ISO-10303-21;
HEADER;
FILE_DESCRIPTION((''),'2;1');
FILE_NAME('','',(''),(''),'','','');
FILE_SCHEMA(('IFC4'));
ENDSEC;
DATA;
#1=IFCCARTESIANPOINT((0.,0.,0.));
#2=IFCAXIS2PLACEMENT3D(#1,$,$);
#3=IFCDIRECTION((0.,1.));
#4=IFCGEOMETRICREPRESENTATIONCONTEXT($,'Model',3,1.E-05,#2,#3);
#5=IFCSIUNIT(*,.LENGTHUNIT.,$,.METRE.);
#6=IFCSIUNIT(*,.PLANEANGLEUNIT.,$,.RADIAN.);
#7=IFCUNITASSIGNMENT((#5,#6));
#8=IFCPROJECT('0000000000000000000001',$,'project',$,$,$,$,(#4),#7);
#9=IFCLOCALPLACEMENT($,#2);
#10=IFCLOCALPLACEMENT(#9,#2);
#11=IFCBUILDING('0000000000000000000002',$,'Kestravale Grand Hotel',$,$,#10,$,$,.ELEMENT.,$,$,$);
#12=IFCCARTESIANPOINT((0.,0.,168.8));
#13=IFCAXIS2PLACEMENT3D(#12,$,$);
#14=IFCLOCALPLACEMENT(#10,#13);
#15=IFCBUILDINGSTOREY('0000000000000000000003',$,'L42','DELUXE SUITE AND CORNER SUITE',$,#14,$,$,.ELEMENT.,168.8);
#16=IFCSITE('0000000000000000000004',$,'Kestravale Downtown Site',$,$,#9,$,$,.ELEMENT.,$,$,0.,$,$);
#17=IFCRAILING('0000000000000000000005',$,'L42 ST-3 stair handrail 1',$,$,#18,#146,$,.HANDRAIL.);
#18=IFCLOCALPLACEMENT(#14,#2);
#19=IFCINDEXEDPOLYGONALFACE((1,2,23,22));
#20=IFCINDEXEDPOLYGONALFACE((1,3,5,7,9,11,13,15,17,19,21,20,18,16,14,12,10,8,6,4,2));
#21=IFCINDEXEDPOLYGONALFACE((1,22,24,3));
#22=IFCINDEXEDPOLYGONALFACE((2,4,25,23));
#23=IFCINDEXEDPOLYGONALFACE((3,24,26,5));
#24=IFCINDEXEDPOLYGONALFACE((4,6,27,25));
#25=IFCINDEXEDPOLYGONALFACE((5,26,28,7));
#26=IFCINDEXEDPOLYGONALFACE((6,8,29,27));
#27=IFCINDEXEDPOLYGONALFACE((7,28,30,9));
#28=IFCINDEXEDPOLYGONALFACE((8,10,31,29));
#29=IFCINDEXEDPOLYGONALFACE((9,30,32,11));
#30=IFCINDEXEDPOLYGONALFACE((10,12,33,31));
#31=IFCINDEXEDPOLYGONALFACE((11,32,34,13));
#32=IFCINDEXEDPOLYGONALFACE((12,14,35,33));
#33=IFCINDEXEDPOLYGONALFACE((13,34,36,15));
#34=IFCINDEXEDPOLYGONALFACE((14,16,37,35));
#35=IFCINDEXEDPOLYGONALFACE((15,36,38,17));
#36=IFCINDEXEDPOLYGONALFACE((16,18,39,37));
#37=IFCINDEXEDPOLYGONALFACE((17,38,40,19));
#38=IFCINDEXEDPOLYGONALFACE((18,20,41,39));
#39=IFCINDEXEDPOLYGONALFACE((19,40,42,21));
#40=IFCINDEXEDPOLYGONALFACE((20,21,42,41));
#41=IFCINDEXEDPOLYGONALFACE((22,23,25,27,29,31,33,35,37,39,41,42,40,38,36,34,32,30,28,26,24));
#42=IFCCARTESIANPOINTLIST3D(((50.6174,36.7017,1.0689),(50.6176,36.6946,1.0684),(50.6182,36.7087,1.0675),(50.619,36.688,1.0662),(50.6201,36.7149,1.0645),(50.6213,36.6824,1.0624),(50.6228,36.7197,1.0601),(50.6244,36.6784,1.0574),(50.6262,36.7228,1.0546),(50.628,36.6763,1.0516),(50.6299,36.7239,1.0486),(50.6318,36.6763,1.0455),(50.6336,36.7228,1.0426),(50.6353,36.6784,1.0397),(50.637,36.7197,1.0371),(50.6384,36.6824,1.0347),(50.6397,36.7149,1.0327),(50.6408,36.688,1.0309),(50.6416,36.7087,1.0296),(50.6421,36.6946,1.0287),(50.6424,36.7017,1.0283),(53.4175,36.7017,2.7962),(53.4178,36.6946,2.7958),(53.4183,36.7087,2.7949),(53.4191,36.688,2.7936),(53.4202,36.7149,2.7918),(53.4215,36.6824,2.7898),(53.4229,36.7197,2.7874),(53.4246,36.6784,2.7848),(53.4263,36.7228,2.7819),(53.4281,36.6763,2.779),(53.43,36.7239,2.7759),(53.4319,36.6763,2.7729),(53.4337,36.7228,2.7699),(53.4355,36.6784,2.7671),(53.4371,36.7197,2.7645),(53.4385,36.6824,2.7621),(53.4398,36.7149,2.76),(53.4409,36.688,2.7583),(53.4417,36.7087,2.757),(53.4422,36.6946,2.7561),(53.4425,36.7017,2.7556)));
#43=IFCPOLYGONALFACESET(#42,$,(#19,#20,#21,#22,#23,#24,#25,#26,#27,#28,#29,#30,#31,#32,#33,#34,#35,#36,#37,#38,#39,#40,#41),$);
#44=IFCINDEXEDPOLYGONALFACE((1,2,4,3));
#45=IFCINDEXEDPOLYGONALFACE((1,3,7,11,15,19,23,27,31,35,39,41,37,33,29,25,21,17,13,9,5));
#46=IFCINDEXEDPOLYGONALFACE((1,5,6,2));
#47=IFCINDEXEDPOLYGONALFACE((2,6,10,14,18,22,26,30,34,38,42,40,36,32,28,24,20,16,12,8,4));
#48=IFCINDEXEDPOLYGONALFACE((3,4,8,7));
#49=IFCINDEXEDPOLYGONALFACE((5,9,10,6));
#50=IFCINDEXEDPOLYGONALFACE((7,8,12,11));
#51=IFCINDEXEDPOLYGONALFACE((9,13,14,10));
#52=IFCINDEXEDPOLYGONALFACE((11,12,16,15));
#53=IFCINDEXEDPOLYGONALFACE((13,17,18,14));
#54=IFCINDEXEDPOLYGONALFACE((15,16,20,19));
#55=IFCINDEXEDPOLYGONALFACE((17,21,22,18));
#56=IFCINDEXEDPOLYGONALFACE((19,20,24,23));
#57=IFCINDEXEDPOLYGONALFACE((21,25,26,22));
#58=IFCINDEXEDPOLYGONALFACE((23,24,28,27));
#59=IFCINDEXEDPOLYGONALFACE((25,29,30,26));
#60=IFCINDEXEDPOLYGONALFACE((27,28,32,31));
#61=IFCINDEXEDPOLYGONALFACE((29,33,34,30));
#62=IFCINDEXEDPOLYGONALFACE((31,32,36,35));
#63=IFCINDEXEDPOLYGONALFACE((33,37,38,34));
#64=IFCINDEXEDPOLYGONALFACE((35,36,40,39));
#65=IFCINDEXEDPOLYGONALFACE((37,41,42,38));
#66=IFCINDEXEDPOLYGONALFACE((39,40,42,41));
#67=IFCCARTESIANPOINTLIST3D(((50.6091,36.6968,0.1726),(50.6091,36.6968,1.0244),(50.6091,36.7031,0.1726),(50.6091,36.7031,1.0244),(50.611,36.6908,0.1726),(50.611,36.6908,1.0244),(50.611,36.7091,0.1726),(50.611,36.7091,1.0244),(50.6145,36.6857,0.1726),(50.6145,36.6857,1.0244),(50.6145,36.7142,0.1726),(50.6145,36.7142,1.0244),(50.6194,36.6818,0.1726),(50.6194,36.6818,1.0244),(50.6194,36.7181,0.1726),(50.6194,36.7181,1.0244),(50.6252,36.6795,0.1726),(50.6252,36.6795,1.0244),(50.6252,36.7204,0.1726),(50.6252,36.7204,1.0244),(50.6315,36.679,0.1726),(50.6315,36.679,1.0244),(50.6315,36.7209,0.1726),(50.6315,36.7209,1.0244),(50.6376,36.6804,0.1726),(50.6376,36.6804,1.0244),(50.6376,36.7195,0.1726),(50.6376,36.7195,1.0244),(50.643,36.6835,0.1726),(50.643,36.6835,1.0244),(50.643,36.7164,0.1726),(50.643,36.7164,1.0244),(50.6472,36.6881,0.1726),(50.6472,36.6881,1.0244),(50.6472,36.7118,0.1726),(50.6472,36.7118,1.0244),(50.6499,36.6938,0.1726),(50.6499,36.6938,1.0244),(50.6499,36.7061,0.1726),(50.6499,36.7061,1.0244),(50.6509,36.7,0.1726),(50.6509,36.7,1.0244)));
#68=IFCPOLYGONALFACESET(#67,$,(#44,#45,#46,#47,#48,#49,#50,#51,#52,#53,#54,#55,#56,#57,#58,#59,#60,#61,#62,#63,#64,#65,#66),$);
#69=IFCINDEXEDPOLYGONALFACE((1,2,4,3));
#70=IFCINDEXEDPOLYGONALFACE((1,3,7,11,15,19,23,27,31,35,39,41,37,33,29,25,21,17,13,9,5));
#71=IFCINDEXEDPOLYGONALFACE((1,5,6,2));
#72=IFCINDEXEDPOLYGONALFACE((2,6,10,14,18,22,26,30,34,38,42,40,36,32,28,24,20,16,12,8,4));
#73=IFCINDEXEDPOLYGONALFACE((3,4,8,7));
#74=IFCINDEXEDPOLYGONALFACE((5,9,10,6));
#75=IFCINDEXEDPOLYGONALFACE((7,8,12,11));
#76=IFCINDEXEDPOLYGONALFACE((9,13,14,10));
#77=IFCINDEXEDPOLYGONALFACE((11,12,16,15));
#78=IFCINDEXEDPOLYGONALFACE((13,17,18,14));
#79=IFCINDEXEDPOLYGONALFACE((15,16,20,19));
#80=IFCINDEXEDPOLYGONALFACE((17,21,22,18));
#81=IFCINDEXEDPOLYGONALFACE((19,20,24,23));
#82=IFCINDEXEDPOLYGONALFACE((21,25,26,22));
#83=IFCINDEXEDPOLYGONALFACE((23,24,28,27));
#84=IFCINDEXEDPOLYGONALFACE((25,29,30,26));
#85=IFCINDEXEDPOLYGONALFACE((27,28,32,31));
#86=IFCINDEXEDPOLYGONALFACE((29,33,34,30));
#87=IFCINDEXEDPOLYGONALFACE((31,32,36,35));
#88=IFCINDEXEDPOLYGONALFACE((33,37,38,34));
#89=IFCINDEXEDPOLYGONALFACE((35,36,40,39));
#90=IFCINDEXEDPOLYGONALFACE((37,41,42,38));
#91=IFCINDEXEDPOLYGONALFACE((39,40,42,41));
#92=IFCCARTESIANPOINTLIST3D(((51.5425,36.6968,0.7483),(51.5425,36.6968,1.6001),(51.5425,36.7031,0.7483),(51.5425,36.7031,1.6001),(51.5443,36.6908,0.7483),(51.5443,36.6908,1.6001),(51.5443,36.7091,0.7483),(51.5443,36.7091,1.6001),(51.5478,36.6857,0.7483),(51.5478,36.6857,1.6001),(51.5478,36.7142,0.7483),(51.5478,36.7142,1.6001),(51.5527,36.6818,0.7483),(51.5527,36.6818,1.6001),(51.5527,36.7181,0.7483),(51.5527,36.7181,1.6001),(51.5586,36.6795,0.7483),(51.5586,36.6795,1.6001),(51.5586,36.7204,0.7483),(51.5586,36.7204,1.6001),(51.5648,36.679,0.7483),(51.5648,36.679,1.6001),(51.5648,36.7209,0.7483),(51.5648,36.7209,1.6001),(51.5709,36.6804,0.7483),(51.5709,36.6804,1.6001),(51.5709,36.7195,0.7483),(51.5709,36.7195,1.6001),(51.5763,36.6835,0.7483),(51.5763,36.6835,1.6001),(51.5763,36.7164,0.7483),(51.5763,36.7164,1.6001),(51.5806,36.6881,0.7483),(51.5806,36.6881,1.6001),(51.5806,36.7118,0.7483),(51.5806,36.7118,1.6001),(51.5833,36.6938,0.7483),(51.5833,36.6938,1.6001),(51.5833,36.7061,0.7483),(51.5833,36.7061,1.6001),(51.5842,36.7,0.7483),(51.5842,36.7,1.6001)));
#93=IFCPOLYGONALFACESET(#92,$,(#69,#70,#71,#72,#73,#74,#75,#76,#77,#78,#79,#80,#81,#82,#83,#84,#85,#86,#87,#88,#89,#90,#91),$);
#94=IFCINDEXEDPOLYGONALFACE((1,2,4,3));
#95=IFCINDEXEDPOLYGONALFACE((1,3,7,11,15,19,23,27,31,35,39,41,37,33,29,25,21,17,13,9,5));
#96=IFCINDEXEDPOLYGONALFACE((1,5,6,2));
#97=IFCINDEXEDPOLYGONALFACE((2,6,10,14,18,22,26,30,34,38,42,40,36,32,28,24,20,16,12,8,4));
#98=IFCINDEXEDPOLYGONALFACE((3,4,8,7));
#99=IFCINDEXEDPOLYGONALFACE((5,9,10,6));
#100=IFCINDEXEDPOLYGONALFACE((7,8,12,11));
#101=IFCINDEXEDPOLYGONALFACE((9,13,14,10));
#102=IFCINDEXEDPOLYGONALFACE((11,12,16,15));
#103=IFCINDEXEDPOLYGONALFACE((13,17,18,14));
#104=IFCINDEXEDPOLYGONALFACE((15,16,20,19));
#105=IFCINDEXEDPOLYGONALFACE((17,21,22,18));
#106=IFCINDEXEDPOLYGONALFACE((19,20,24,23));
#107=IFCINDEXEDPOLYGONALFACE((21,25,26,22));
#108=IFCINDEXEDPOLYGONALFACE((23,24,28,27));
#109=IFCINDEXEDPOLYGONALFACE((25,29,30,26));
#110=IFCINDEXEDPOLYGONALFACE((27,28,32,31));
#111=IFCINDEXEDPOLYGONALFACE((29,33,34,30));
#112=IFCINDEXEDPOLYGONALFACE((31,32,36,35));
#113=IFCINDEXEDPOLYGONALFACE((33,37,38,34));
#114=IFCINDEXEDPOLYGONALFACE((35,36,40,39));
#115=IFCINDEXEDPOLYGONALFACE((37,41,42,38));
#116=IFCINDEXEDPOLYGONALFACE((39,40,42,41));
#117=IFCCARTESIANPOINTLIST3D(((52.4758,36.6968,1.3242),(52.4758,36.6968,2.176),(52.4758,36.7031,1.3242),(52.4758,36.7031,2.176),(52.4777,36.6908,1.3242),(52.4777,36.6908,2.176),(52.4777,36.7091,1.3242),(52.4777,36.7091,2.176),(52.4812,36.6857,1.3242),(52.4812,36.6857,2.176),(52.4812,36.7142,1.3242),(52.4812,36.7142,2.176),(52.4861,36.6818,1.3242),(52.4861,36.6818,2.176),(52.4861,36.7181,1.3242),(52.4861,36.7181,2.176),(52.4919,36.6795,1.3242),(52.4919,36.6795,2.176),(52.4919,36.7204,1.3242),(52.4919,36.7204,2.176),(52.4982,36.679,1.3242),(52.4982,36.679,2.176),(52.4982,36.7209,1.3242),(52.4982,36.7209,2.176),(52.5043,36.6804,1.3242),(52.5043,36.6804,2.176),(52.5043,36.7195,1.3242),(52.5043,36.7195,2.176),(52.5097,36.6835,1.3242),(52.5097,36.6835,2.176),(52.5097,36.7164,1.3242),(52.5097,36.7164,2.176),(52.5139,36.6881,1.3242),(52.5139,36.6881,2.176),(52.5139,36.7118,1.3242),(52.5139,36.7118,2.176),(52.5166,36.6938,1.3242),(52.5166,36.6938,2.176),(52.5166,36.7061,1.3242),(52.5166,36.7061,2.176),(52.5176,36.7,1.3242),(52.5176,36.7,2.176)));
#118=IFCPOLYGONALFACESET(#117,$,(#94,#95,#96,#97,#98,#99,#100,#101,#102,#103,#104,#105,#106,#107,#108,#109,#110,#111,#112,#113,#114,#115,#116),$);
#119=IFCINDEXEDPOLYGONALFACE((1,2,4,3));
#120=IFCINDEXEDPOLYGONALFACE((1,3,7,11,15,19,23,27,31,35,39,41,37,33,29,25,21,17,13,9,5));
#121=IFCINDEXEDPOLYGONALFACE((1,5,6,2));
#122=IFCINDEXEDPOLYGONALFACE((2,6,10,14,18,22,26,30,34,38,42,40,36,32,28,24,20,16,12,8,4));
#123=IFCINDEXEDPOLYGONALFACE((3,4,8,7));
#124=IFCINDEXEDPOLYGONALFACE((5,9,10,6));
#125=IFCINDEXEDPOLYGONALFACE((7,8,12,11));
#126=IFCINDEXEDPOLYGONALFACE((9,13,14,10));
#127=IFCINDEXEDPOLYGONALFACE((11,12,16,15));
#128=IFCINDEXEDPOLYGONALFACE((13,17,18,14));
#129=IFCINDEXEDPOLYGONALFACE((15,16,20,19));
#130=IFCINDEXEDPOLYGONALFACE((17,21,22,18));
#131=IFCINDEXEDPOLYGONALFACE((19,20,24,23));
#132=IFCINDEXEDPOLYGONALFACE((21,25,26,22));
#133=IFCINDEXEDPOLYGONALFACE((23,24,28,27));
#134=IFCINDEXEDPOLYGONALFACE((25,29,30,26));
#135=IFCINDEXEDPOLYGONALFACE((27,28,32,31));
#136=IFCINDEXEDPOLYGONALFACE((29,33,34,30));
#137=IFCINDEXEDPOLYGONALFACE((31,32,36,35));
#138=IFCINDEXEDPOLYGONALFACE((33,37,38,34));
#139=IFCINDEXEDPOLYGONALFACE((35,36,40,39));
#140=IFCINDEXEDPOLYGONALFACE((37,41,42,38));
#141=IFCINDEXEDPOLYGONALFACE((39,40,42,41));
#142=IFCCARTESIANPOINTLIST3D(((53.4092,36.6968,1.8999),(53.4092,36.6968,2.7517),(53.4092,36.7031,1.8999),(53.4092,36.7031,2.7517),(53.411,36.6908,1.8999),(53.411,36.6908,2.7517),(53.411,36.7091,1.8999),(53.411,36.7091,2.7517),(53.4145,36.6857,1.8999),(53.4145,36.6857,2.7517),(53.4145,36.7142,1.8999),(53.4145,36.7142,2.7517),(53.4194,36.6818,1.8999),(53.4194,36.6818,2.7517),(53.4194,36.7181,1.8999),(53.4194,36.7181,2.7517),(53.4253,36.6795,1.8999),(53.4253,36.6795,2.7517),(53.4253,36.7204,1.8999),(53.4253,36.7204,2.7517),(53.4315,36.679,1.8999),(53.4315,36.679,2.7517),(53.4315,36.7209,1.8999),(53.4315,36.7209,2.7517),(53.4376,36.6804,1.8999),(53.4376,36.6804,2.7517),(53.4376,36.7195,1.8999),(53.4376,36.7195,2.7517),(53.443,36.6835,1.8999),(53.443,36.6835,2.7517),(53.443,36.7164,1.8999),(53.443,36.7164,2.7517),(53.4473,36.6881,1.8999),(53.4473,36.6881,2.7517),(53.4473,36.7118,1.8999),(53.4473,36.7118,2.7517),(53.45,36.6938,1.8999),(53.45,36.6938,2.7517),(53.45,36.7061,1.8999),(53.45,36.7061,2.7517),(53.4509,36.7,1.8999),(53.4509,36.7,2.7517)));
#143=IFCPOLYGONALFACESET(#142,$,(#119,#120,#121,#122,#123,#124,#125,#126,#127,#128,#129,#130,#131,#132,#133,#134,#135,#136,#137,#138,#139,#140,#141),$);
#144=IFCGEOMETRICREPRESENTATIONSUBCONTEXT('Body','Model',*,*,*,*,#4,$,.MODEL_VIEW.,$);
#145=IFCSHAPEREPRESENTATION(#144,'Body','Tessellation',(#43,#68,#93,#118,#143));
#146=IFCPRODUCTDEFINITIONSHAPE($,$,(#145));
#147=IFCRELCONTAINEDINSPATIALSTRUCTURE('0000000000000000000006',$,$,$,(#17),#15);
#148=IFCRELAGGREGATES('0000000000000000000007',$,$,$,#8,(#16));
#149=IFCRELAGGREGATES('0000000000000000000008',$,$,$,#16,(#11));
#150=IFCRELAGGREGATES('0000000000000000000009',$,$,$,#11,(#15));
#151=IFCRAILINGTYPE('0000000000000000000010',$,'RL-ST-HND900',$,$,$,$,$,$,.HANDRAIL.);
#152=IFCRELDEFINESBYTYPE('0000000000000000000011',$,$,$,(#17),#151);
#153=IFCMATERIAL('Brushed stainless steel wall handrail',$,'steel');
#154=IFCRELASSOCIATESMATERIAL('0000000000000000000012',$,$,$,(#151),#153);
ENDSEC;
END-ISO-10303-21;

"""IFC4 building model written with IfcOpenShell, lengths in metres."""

from ifc_helpers import new_model, si_unit, direction, frame, origin, origin_2d, place, context, subcontext, project, spatial, circle, extrude, material, type_object, element, save


model = new_model("IFC4")

# Units and contexts
model_context = context("Model", 3, precision=1e-05, world=origin(), true_north=direction((0.0, 1.0)))
body_context = subcontext(model_context, "Body", "Model", "MODEL_VIEW")
ifc_project = project(units=[si_unit("LENGTHUNIT", "METRE"), si_unit("PLANEANGLEUNIT", "RADIAN")], contexts=[model_context])

# Site, building, storey
site_placement = place(None, origin())
site = spatial("IfcSite", under=ifc_project, at=site_placement, Name="Kestravale Downtown Site", CompositionType="ELEMENT", RefElevation=0.0)
building_placement = place(site_placement, origin())
building = spatial("IfcBuilding", under=site, at=building_placement, Name="Kestravale Grand Hotel", CompositionType="ELEMENT")
storey_placement = place(building_placement, frame((0.0, 0.0, 168.8)))
storey = spatial("IfcBuildingStorey", under=building, at=storey_placement, Name="L42", Description="DELUXE SUITE AND CORNER SUITE", CompositionType="ELEMENT", Elevation=168.8)

# Railing
ifc_material_1 = material(Name="Brushed stainless steel wall handrail", Category="steel")
railing_type_1 = type_object("IfcRailingType", Name="RL-ST-HND900", PredefinedType="HANDRAIL", material=ifc_material_1)
railing_1_placement = place(storey_placement, frame((50.6299, 36.7, 0.1726)))
element("IfcRailing", 1, at=railing_1_placement, inside=storey, type_object=railing_type_1, Name="L42 ST-3 stair handrail 1", PredefinedType="HANDRAIL", context=body_context, shape_type="SweptSolid", body=[
    extrude(circle(Radius=0.0239, at=origin_2d()), frame((0.0, 0.0, 0.876), z_axis=(0.85109, 0.0, 0.52502), x_axis=(0.0, 1.0, 0.0)), (0.0, 0.0, 1.0), 3.29),
    extrude(circle(Radius=0.021, at=origin_2d()), origin(), (0.0, 0.0, 1.0), 0.8518),
    extrude(circle(Radius=0.021, at=origin_2d()), frame((0.9333, 0.0, 0.5757)), (0.0, 0.0, 1.0), 0.8518),
    extrude(circle(Radius=0.021, at=origin_2d()), frame((1.8667, 0.0, 1.1516)), (0.0, 0.0, 1.0), 0.8518),
    extrude(circle(Radius=0.021, at=origin_2d()), frame((2.8, 0.0, 1.7273)), (0.0, 0.0, 1.0), 0.8518),
])

save(model, "model.ifc")
